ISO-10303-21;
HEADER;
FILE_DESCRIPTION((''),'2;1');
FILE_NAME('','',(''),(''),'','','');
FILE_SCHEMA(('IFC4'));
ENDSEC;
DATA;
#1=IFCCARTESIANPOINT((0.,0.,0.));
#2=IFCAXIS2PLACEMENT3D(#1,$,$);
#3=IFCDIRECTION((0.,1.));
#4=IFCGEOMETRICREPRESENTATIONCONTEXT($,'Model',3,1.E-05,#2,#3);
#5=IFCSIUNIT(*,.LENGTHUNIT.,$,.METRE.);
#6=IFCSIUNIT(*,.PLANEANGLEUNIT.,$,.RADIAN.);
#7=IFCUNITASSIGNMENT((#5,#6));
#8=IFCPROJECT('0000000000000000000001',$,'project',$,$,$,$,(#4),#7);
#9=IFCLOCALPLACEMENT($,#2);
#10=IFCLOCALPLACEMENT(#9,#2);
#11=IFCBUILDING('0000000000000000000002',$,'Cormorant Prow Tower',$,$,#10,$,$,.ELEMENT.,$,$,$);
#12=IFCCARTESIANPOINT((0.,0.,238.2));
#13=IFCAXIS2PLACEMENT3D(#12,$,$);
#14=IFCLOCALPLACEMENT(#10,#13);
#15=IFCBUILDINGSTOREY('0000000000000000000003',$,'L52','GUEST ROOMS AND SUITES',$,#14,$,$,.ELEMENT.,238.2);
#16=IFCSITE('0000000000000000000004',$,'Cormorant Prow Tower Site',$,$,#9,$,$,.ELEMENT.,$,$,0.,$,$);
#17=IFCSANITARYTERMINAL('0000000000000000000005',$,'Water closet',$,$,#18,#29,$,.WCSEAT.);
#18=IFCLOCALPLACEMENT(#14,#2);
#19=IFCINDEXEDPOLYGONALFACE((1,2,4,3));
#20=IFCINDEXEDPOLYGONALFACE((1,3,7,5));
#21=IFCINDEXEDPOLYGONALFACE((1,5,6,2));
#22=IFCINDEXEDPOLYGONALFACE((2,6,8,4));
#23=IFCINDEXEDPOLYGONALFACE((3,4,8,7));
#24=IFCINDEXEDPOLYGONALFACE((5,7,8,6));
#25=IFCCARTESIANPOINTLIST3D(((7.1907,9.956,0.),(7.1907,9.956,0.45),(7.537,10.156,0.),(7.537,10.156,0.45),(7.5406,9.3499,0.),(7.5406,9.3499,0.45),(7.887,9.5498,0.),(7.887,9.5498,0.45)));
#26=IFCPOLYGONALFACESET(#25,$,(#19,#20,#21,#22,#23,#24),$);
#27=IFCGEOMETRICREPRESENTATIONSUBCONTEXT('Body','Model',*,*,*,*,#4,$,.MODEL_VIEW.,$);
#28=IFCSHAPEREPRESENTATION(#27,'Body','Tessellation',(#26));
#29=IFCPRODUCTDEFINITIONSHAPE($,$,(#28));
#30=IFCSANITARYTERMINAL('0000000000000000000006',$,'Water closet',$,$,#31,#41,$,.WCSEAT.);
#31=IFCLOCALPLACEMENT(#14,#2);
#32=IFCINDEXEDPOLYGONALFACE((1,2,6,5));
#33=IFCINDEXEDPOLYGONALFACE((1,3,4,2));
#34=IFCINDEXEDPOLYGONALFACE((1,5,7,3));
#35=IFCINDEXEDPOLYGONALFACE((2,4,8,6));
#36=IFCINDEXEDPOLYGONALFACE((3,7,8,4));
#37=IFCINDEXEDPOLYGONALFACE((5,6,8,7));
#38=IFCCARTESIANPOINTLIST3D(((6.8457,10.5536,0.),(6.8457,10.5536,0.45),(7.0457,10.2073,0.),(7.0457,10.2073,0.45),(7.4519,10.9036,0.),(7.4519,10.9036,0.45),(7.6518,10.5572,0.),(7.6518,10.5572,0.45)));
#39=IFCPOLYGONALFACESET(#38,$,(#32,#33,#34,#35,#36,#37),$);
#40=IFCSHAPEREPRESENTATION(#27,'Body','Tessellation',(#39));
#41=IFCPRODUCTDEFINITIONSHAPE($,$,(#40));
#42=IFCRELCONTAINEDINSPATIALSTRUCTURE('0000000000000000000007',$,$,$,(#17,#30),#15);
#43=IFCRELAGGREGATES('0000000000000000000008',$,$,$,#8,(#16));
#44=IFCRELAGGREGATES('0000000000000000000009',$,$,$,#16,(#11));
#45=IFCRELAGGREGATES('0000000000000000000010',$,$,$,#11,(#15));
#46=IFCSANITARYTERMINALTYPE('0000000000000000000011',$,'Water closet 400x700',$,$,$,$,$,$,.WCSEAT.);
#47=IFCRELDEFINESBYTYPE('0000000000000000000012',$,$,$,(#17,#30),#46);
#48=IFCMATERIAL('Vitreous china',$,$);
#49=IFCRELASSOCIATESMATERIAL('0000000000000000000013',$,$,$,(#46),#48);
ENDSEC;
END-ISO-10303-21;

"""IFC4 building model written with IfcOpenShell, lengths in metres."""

from ifc_helpers import new_model, si_unit, direction, frame, origin, origin_2d, place, context, subcontext, project, spatial, rectangle, extrude, material, type_object, element, save


model = new_model("IFC4")

# Units and contexts
model_context = context("Model", 3, precision=1e-05, world=origin(), true_north=direction((0.0, 1.0)))
body_context = subcontext(model_context, "Body", "Model", "MODEL_VIEW")
ifc_project = project(units=[si_unit("LENGTHUNIT", "METRE"), si_unit("PLANEANGLEUNIT", "RADIAN")], contexts=[model_context])

# Site, building, storey
site_placement = place(None, origin())
site = spatial("IfcSite", under=ifc_project, at=site_placement, Name="Cormorant Prow Tower Site", CompositionType="ELEMENT", RefElevation=0.0)
building_placement = place(site_placement, origin())
building = spatial("IfcBuilding", under=site, at=building_placement, Name="Cormorant Prow Tower", CompositionType="ELEMENT")
storey_placement = place(building_placement, frame((0.0, 0.0, 238.2)))
storey = spatial("IfcBuildingStorey", under=building, at=storey_placement, Name="L52", Description="GUEST ROOMS AND SUITES", CompositionType="ELEMENT", Elevation=238.2)

# Sanitary terminals
ifc_material_1 = material(Name="Vitreous china")
sanitary_terminal_type_1 = type_object("IfcSanitaryTerminalType", Name="Water closet 400x700", PredefinedType="WCSEAT", material=ifc_material_1)
for number, where, z_axis, x_axis, name in (
    (1, (7.5388, 9.7529, 0.0), (0.0, 0.0, 1.0), (0.866025, 0.5, 0.0), "Water closet"),
    (2, (7.2488, 10.5554, 0.0), (0.0, 0.0, 1.0), (-0.5, 0.866025, 0.0), "Water closet"),
):
    element("IfcSanitaryTerminal", number, at=place(storey_placement, frame(where, z_axis=z_axis, x_axis=x_axis)), inside=storey, type_object=sanitary_terminal_type_1, Name=name, PredefinedType="WCSEAT", context=body_context, shape_type="SweptSolid", body=[
        extrude(rectangle(XDim=0.3999, YDim=0.7, at=origin_2d()), origin(), (0.0, 0.0, 1.0), 0.45),
    ])

save(model, "model.ifc")
